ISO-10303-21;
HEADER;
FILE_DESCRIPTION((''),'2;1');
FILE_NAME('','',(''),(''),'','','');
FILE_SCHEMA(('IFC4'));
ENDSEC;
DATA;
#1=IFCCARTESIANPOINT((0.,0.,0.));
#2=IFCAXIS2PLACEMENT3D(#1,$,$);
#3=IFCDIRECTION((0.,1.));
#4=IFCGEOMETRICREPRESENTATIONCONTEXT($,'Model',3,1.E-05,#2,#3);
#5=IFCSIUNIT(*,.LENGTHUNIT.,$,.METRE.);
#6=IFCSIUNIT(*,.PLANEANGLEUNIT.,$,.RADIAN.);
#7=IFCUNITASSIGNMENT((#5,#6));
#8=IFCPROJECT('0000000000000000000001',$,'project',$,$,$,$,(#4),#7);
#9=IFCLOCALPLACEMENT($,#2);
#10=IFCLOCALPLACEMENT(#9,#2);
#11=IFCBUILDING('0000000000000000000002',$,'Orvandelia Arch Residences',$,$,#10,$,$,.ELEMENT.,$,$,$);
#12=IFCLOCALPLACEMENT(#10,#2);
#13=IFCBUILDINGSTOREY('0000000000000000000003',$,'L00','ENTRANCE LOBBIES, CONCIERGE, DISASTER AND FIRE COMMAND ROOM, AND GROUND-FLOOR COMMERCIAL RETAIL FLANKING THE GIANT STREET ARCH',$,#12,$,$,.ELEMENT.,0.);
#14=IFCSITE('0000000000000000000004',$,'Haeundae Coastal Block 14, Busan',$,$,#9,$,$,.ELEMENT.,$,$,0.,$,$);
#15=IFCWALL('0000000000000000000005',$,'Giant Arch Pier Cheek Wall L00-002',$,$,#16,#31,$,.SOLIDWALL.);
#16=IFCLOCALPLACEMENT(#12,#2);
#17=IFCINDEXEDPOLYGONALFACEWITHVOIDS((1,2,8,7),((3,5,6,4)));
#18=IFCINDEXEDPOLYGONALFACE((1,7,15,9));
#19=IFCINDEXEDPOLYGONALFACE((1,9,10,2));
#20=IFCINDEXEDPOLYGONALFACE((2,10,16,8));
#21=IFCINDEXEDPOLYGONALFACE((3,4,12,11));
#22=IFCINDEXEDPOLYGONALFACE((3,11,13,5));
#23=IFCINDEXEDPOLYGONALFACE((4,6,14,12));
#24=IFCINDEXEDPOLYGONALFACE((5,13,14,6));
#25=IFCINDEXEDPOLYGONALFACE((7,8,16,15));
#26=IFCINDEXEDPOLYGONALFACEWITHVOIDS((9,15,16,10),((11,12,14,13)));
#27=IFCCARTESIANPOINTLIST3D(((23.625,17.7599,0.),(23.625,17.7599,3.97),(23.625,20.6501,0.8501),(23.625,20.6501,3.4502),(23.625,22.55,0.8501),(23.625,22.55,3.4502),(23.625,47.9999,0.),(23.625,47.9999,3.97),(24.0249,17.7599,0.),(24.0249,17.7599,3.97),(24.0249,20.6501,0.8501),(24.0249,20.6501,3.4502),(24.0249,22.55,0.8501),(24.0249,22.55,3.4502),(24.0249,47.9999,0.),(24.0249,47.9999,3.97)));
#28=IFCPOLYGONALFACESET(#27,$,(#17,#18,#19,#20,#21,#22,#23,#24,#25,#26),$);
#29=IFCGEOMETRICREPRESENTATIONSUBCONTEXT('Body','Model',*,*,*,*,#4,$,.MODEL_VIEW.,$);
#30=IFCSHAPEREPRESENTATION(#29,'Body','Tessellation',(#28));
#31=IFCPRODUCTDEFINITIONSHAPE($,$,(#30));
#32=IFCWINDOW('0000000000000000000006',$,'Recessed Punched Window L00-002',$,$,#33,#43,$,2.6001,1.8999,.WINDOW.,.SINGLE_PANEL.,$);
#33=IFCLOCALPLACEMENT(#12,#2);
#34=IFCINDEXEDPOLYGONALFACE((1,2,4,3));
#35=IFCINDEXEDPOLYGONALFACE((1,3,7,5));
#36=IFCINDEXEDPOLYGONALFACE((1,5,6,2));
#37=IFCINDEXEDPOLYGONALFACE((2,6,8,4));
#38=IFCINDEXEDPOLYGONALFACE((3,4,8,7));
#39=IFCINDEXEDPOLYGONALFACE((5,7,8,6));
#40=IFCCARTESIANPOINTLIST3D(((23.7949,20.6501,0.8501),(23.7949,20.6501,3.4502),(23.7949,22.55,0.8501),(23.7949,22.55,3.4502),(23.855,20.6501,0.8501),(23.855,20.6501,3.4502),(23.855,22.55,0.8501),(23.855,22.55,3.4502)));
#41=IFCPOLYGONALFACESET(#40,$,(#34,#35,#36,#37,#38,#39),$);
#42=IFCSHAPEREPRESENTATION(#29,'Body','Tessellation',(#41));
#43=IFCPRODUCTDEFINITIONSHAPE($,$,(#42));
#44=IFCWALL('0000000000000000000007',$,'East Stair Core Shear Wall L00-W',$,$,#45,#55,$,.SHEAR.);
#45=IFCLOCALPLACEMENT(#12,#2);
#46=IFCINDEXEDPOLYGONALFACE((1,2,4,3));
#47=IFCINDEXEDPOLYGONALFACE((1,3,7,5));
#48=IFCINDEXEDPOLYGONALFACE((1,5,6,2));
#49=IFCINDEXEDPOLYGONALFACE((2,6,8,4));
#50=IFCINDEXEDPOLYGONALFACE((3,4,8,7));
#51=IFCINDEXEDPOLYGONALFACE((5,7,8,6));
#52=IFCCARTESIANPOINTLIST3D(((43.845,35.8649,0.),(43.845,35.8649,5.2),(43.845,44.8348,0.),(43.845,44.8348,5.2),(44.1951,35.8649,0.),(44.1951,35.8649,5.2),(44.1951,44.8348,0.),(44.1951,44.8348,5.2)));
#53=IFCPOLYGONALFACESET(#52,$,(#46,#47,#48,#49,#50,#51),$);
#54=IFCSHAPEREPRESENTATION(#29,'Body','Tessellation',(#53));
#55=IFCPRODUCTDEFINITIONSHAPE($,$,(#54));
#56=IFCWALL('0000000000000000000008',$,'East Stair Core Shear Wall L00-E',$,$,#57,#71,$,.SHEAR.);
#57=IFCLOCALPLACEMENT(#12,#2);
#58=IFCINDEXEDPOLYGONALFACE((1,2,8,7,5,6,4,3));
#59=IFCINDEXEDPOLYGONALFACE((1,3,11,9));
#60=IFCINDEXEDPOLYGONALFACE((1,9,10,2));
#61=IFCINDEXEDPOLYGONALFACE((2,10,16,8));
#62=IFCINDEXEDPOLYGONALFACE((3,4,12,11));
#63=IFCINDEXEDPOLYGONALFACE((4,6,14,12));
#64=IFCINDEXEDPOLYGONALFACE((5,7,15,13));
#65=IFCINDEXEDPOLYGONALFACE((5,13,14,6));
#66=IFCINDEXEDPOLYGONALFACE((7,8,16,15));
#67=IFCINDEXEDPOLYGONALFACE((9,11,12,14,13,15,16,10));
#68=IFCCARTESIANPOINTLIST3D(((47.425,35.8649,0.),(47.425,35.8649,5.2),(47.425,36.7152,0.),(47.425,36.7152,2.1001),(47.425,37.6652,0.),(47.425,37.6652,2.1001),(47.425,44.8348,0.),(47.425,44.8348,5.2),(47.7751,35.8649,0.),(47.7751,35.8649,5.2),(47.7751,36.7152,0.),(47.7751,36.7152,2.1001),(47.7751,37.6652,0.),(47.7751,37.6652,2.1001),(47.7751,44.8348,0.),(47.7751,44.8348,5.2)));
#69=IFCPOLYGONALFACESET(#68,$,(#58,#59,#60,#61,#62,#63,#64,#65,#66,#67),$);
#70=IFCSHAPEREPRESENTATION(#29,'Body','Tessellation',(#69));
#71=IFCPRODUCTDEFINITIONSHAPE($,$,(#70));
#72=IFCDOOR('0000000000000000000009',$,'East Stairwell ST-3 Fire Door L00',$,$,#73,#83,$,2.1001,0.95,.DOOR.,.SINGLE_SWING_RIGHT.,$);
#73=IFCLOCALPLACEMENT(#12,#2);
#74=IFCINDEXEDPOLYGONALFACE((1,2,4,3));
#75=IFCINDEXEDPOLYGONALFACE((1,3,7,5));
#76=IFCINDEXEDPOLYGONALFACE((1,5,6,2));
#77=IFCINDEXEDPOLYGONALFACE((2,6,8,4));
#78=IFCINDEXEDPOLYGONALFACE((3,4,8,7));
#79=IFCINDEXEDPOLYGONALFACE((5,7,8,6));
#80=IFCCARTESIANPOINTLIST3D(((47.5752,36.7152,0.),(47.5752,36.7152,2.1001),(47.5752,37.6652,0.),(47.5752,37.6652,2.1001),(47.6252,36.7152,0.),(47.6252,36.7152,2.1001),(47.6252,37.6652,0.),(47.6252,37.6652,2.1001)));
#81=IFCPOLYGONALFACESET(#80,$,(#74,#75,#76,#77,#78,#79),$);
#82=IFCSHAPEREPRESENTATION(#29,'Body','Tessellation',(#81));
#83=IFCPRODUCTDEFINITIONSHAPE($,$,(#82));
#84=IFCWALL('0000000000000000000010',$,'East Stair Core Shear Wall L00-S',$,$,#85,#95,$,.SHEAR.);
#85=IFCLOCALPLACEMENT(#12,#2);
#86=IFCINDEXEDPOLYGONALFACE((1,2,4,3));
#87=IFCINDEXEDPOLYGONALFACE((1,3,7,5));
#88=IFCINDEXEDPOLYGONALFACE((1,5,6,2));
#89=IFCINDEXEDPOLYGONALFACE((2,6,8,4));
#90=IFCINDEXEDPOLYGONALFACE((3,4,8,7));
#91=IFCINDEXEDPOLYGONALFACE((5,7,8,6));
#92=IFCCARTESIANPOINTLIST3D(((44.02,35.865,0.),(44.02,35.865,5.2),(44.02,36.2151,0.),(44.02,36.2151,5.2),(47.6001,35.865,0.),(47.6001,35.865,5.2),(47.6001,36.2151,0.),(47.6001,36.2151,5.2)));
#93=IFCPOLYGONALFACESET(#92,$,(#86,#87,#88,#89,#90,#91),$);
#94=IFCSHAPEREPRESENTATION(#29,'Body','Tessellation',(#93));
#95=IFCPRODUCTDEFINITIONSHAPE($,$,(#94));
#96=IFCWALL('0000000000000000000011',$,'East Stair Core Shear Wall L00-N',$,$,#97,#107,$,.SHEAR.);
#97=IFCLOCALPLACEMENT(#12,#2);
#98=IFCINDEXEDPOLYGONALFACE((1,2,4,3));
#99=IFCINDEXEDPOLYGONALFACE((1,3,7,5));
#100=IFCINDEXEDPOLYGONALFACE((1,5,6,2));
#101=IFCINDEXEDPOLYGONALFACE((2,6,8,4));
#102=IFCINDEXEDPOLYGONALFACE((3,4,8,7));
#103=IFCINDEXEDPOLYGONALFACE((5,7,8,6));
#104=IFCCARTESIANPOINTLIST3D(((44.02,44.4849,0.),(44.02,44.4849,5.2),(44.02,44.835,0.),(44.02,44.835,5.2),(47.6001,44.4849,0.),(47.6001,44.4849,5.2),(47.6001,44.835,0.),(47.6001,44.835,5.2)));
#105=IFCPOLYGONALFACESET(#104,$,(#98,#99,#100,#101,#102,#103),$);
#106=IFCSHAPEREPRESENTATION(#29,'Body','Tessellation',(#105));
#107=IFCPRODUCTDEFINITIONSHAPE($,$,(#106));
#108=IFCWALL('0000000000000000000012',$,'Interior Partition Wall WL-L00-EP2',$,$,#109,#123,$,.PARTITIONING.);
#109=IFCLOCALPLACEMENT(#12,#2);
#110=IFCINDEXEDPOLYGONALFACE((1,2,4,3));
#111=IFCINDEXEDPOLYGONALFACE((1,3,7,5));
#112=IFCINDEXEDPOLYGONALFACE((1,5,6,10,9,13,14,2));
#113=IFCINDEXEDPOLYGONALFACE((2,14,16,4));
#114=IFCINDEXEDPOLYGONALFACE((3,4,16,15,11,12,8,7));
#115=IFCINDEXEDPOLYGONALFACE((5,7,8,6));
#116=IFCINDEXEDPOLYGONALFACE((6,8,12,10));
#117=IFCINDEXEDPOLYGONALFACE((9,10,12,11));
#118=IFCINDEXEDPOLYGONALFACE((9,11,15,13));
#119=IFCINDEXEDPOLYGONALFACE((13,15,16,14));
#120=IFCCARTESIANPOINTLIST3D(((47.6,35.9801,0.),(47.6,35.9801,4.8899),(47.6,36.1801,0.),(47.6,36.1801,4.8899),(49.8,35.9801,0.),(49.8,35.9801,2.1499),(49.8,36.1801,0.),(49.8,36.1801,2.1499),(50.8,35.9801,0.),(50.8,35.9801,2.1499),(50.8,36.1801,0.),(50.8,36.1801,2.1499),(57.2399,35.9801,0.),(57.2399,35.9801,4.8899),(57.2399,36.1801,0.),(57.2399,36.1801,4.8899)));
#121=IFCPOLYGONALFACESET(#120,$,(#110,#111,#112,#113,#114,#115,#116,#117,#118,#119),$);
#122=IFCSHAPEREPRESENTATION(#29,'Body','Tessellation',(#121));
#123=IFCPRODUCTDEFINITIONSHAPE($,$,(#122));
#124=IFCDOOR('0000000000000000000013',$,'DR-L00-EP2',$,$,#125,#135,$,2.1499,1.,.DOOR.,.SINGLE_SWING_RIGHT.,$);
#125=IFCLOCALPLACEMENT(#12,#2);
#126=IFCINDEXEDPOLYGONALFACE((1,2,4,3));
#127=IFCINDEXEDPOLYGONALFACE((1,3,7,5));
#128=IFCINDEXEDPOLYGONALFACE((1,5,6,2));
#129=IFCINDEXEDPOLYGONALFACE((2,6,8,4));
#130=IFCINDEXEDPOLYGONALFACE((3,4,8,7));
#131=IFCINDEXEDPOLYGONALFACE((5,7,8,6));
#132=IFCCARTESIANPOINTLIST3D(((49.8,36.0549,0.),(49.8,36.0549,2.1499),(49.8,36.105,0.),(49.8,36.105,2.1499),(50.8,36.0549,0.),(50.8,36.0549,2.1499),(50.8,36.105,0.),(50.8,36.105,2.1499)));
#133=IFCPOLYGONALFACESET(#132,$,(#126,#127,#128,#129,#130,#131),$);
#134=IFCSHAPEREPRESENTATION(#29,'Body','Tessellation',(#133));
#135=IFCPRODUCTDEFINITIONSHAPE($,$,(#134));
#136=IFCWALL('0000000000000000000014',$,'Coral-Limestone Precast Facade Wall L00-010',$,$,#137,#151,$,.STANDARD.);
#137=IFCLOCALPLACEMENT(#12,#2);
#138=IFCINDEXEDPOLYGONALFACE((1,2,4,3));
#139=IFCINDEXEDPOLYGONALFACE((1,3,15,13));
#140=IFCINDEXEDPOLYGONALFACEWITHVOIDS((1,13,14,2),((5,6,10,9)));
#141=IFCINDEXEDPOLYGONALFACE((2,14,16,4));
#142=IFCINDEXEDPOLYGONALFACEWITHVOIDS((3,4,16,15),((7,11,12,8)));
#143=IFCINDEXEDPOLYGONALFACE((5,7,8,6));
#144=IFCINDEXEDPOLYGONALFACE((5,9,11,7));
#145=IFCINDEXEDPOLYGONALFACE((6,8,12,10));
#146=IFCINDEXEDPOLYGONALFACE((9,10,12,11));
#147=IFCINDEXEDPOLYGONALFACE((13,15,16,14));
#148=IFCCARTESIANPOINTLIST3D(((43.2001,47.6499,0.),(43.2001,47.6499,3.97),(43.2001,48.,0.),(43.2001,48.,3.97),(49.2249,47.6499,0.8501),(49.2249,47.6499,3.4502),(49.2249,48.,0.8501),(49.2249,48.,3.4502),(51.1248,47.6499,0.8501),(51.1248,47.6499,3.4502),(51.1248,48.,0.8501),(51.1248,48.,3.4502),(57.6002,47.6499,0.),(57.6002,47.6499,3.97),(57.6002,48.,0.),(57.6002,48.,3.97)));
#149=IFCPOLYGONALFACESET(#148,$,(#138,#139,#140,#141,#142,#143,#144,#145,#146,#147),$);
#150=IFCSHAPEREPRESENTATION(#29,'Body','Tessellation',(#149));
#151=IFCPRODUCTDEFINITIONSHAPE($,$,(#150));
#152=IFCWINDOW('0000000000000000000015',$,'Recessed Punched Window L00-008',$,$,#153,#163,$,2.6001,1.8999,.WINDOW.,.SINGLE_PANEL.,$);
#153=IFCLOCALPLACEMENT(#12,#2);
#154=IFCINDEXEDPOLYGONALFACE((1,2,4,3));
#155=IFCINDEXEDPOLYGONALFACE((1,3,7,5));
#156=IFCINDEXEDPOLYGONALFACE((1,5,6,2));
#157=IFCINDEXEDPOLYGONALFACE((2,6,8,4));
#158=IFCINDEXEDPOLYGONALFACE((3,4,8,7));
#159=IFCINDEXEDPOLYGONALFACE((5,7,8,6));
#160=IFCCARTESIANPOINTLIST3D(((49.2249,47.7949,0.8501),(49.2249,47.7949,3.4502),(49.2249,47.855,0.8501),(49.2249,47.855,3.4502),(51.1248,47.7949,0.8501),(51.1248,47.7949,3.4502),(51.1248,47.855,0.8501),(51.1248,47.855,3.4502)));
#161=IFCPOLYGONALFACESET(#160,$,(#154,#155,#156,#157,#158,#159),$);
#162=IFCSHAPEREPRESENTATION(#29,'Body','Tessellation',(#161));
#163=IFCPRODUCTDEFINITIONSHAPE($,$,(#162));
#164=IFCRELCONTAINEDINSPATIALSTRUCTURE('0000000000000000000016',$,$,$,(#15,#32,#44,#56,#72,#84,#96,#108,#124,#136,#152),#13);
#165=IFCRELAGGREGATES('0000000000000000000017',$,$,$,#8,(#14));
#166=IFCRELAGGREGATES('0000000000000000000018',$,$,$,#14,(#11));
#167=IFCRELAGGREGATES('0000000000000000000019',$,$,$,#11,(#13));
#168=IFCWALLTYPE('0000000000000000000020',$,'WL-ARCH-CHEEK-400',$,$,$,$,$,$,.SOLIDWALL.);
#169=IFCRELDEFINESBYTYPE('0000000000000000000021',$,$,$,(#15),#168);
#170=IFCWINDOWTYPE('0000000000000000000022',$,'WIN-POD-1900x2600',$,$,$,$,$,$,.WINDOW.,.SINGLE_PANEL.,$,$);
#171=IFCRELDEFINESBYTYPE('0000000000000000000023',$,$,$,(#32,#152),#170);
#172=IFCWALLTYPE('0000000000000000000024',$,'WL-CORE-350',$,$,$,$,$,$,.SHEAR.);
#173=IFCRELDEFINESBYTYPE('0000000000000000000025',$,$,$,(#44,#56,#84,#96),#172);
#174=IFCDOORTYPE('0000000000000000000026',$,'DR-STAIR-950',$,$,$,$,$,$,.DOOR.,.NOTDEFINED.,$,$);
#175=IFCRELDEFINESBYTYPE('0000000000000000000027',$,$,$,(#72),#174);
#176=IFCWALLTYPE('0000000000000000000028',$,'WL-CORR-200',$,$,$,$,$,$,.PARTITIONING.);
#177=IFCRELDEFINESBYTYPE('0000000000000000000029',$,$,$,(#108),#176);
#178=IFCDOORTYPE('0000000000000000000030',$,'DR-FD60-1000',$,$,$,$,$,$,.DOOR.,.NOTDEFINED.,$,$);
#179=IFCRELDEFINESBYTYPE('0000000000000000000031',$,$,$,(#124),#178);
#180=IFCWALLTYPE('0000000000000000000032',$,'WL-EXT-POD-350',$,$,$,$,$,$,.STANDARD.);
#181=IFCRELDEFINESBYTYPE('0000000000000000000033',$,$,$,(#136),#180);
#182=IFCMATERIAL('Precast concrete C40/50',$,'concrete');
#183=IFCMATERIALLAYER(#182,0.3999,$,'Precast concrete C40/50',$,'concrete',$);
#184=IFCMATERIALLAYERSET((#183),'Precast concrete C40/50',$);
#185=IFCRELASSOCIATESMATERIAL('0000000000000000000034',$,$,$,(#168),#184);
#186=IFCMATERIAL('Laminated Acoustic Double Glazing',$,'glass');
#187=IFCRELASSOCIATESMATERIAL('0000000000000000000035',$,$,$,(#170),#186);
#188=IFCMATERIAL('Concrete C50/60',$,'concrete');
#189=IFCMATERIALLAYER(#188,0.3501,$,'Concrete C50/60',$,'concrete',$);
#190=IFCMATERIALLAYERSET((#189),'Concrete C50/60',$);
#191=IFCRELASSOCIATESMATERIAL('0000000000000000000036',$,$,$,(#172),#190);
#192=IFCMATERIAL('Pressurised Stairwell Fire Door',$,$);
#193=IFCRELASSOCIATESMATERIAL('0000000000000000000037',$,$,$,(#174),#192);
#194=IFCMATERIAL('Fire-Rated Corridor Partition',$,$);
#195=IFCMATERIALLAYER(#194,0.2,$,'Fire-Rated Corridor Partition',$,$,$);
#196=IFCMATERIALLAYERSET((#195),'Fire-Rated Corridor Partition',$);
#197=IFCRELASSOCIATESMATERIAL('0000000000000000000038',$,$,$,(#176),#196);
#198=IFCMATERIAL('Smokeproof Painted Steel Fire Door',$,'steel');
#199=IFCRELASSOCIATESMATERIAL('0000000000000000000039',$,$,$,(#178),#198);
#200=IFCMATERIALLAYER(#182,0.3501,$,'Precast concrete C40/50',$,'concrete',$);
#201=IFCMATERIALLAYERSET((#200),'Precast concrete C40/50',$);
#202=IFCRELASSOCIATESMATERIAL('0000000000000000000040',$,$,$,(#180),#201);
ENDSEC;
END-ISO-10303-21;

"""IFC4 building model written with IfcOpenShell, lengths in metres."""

from ifc_helpers import new_model, si_unit, direction, frame, frame_2d, origin, place, context, subcontext, project, spatial, rectangle, extrude, material, layer, layer_set, type_object, element, fill, save


model = new_model("IFC4")

# Units and contexts
model_context = context("Model", 3, precision=1e-05, world=origin(), true_north=direction((0.0, 1.0)))
body_context = subcontext(model_context, "Body", "Model", "MODEL_VIEW")
ifc_project = project(units=[si_unit("LENGTHUNIT", "METRE"), si_unit("PLANEANGLEUNIT", "RADIAN")], contexts=[model_context])

# Site, building, storey
site_placement = place(None, origin())
site = spatial("IfcSite", under=ifc_project, at=site_placement, Name="Haeundae Coastal Block 14, Busan", CompositionType="ELEMENT", RefElevation=0.0)
building_placement = place(site_placement, origin())
building = spatial("IfcBuilding", under=site, at=building_placement, Name="Orvandelia Arch Residences", CompositionType="ELEMENT")
storey_placement = place(building_placement, origin())
storey = spatial("IfcBuildingStorey", under=building, at=storey_placement, Name="L00", Description="ENTRANCE LOBBIES, CONCIERGE, DISASTER AND FIRE COMMAND ROOM, AND GROUND-FLOOR COMMERCIAL RETAIL FLANKING THE GIANT STREET ARCH", CompositionType="ELEMENT", Elevation=0.0)

# Wall, opening, window
ifc_material_1 = material(Name="Precast concrete C40/50", Category="concrete")
ifc_layer_1 = layer(ifc_material_1, 0.3999, Name="Precast concrete C40/50", Category="concrete")
ifc_layer_set_1 = layer_set([ifc_layer_1], Name="Precast concrete C40/50")
wall_type_1 = type_object("IfcWallType", Name="WL-ARCH-CHEEK-400", PredefinedType="SOLIDWALL", material=ifc_layer_set_1)
wall_1_placement = place(storey_placement, frame((23.825, 48.0, 0.0), z_axis=(0.0, 0.0, 1.0), x_axis=(0.0, -1.0, 0.0)))
wall_1 = element("IfcWall", 1, at=wall_1_placement, inside=storey, type_object=wall_type_1, Name="Giant Arch Pier Cheek Wall L00-002", PredefinedType="SOLIDWALL", context=body_context, shape_type="SweptSolid", body=[
    extrude(rectangle(XDim=30.24, YDim=0.3999, at=frame_2d((15.1201, 0.0))), origin(), (0.0, 0.0, 1.0), 3.97),
])
opening_1_placement = place(wall_1_placement, frame((25.45, 0.0, 0.8501)))
opening_1 = element("IfcOpeningElement", 2, at=opening_1_placement, cuts=wall_1, PredefinedType="OPENING", context=body_context, shape_type="SweptSolid", body=[
    extrude(rectangle(XDim=1.8999, YDim=2.6001, at=frame_2d((0.95, 1.3))), frame((0.0, 0.21, 0.0), z_axis=(0.0, -1.0, 0.0), x_axis=(1.0, 0.0, 0.0)), (0.0, 0.0, 1.0), 0.4199),
])
ifc_material_2 = material(Name="Laminated Acoustic Double Glazing", Category="glass")
window_type = type_object("IfcWindowType", Name="WIN-POD-1900x2600", PartitioningType="SINGLE_PANEL", PredefinedType="WINDOW", material=ifc_material_2)
window_1_placement = place(opening_1_placement, origin())
window_1 = element("IfcWindow", 3, at=window_1_placement, inside=storey, type_object=window_type, Name="Recessed Punched Window L00-002", OverallHeight=2.6001, OverallWidth=1.8999, PartitioningType="SINGLE_PANEL", PredefinedType="WINDOW", context=body_context, shape_type="SweptSolid", body=[
    extrude(rectangle(XDim=1.8999, YDim=2.6001, at=frame_2d((0.95, 1.3))), frame((0.0, 0.03, 0.0), z_axis=(0.0, -1.0, 0.0), x_axis=(1.0, 0.0, 0.0)), (0.0, 0.0, 1.0), 0.0601),
])
fill(opening_1, window_1)

# Wall
ifc_material_3 = material(Name="Concrete C50/60", Category="concrete")
ifc_layer_2 = layer(ifc_material_3, 0.3501, Name="Concrete C50/60", Category="concrete")
ifc_layer_set_2 = layer_set([ifc_layer_2], Name="Concrete C50/60")
wall_type_2 = type_object("IfcWallType", Name="WL-CORE-350", PredefinedType="SHEAR", material=ifc_layer_set_2)
wall_2_placement = place(storey_placement, frame((44.02, 35.865, 0.0), z_axis=(0.0, 0.0, 1.0), x_axis=(0.0, 1.0, 0.0)))
element("IfcWall", 4, at=wall_2_placement, inside=storey, type_object=wall_type_2, Name="East Stair Core Shear Wall L00-W", PredefinedType="SHEAR", context=body_context, shape_type="SweptSolid", body=[
    extrude(rectangle(XDim=8.97, YDim=0.3501, at=frame_2d((4.4849, 0.0))), origin(), (0.0, 0.0, 1.0), 5.2),
])

# Wall, opening, door
wall_3_placement = place(storey_placement, frame((47.6001, 35.865, 0.0), z_axis=(0.0, 0.0, 1.0), x_axis=(0.0, 1.0, 0.0)))
wall_3 = element("IfcWall", 5, at=wall_3_placement, inside=storey, type_object=wall_type_2, Name="East Stair Core Shear Wall L00-E", PredefinedType="SHEAR", context=body_context, shape_type="SweptSolid", body=[
    extrude(rectangle(XDim=8.97, YDim=0.3501, at=frame_2d((4.4849, 0.0))), origin(), (0.0, 0.0, 1.0), 5.2),
])
opening_2_placement = place(wall_3_placement, frame((0.8501, 0.0, 0.0)))
opening_2 = element("IfcOpeningElement", 6, at=opening_2_placement, cuts=wall_3, PredefinedType="OPENING", context=body_context, shape_type="SweptSolid", body=[
    extrude(rectangle(XDim=0.95, YDim=2.1001, at=frame_2d((0.4751, 1.05))), frame((0.0, 0.1851, 0.0), z_axis=(0.0, -1.0, 0.0), x_axis=(1.0, 0.0, 0.0)), (0.0, 0.0, 1.0), 0.3701),
])
ifc_material_4 = material(Name="Pressurised Stairwell Fire Door")
door_type_1 = type_object("IfcDoorType", Name="DR-STAIR-950", OperationType="NOTDEFINED", PredefinedType="DOOR", material=ifc_material_4)
door_1_placement = place(opening_2_placement, origin())
door_1 = element("IfcDoor", 7, at=door_1_placement, inside=storey, type_object=door_type_1, Name="East Stairwell ST-3 Fire Door L00", OperationType="SINGLE_SWING_RIGHT", OverallHeight=2.1001, OverallWidth=0.95, PredefinedType="DOOR", context=body_context, shape_type="SweptSolid", body=[
    extrude(rectangle(XDim=0.95, YDim=2.1001, at=frame_2d((0.4751, 1.05))), frame((0.0, 0.0249, 0.0), z_axis=(0.0, -1.0, 0.0), x_axis=(1.0, 0.0, 0.0)), (0.0, 0.0, 1.0), 0.05),
])
fill(opening_2, door_1)

# Walls
for number, where, z_axis, x_axis, name in (
    (8, (44.02, 36.04, 0.0), (0.0, 0.0, 1.0), (1.0, 0.0, 0.0), "East Stair Core Shear Wall L00-S"),
    (9, (44.02, 44.6599, 0.0), (0.0, 0.0, 1.0), (1.0, 0.0, 0.0), "East Stair Core Shear Wall L00-N"),
):
    element("IfcWall", number, at=place(storey_placement, frame(where, z_axis=z_axis, x_axis=x_axis)), inside=storey, type_object=wall_type_2, Name=name, PredefinedType="SHEAR", context=body_context, shape_type="SweptSolid", body=[
        extrude(rectangle(XDim=3.5801, YDim=0.3501, at=frame_2d((1.79, 0.0))), origin(), (0.0, 0.0, 1.0), 5.2),
    ])

# Wall, opening, door
ifc_material_5 = material(Name="Fire-Rated Corridor Partition")
ifc_layer_3 = layer(ifc_material_5, 0.2, Name="Fire-Rated Corridor Partition")
ifc_layer_set_3 = layer_set([ifc_layer_3], Name="Fire-Rated Corridor Partition")
wall_type_3 = type_object("IfcWallType", Name="WL-CORR-200", PredefinedType="PARTITIONING", material=ifc_layer_set_3)
wall_4_placement = place(storey_placement, frame((47.6001, 36.0801, 0.0), z_axis=(0.0, 0.0, 1.0), x_axis=(1.0, 0.0, 0.0)))
wall_4 = element("IfcWall", 10, at=wall_4_placement, inside=storey, type_object=wall_type_3, Name="Interior Partition Wall WL-L00-EP2", PredefinedType="PARTITIONING", context=body_context, shape_type="SweptSolid", body=[
    extrude(rectangle(XDim=9.6399, YDim=0.2, at=frame_2d((4.8198, 0.0))), origin(), (0.0, 0.0, 1.0), 4.8899),
])
opening_3_placement = place(wall_4_placement, frame((2.2, 0.0, 0.0)))
opening_3 = element("IfcOpeningElement", 11, at=opening_3_placement, cuts=wall_4, PredefinedType="OPENING", context=body_context, shape_type="SweptSolid", body=[
    extrude(rectangle(XDim=1.0, YDim=2.1499, at=frame_2d((0.5, 1.075))), frame((0.0, 0.1099, 0.0), z_axis=(0.0, -1.0, 0.0), x_axis=(1.0, 0.0, 0.0)), (0.0, 0.0, 1.0), 0.22),
])
ifc_material_6 = material(Name="Smokeproof Painted Steel Fire Door", Category="steel")
door_type_2 = type_object("IfcDoorType", Name="DR-FD60-1000", OperationType="NOTDEFINED", PredefinedType="DOOR", material=ifc_material_6)
door_2_placement = place(opening_3_placement, origin())
door_2 = element("IfcDoor", 12, at=door_2_placement, inside=storey, type_object=door_type_2, Name="DR-L00-EP2", OperationType="SINGLE_SWING_RIGHT", OverallHeight=2.1499, OverallWidth=1.0, PredefinedType="DOOR", context=body_context, shape_type="SweptSolid", body=[
    extrude(rectangle(XDim=1.0, YDim=2.1499, at=frame_2d((0.5, 1.075))), frame((0.0, 0.0249, 0.0), z_axis=(0.0, -1.0, 0.0), x_axis=(1.0, 0.0, 0.0)), (0.0, 0.0, 1.0), 0.05),
])
fill(opening_3, door_2)

# Wall, opening, window
ifc_layer_4 = layer(ifc_material_1, 0.3501, Name="Precast concrete C40/50", Category="concrete")
ifc_layer_set_4 = layer_set([ifc_layer_4], Name="Precast concrete C40/50")
wall_type_4 = type_object("IfcWallType", Name="WL-EXT-POD-350", PredefinedType="STANDARD", material=ifc_layer_set_4)
wall_5_placement = place(storey_placement, frame((43.2, 47.825, 0.0), z_axis=(0.0, 0.0, 1.0), x_axis=(1.0, 0.0, 0.0)))
wall_5 = element("IfcWall", 13, at=wall_5_placement, inside=storey, type_object=wall_type_4, Name="Coral-Limestone Precast Facade Wall L00-010", PredefinedType="STANDARD", context=body_context, shape_type="SweptSolid", body=[
    extrude(rectangle(XDim=14.4001, YDim=0.3501, at=frame_2d((7.2002, 0.0))), origin(), (0.0, 0.0, 1.0), 3.97),
])
opening_4_placement = place(wall_5_placement, frame((6.0249, 0.0, 0.8501)))
opening_4 = element("IfcOpeningElement", 14, at=opening_4_placement, cuts=wall_5, PredefinedType="OPENING", context=body_context, shape_type="SweptSolid", body=[
    extrude(rectangle(XDim=1.8999, YDim=2.6001, at=frame_2d((0.95, 1.3))), frame((0.0, 0.1851, 0.0), z_axis=(0.0, -1.0, 0.0), x_axis=(1.0, 0.0, 0.0)), (0.0, 0.0, 1.0), 0.3701),
])
window_2_placement = place(opening_4_placement, origin())
window_2 = element("IfcWindow", 15, at=window_2_placement, inside=storey, type_object=window_type, Name="Recessed Punched Window L00-008", OverallHeight=2.6001, OverallWidth=1.8999, PartitioningType="SINGLE_PANEL", PredefinedType="WINDOW", context=body_context, shape_type="SweptSolid", body=[
    extrude(rectangle(XDim=1.8999, YDim=2.6001, at=frame_2d((0.95, 1.3))), frame((0.0, 0.03, 0.0), z_axis=(0.0, -1.0, 0.0), x_axis=(1.0, 0.0, 0.0)), (0.0, 0.0, 1.0), 0.0601),
])
fill(opening_4, window_2)

save(model, "model.ifc")
